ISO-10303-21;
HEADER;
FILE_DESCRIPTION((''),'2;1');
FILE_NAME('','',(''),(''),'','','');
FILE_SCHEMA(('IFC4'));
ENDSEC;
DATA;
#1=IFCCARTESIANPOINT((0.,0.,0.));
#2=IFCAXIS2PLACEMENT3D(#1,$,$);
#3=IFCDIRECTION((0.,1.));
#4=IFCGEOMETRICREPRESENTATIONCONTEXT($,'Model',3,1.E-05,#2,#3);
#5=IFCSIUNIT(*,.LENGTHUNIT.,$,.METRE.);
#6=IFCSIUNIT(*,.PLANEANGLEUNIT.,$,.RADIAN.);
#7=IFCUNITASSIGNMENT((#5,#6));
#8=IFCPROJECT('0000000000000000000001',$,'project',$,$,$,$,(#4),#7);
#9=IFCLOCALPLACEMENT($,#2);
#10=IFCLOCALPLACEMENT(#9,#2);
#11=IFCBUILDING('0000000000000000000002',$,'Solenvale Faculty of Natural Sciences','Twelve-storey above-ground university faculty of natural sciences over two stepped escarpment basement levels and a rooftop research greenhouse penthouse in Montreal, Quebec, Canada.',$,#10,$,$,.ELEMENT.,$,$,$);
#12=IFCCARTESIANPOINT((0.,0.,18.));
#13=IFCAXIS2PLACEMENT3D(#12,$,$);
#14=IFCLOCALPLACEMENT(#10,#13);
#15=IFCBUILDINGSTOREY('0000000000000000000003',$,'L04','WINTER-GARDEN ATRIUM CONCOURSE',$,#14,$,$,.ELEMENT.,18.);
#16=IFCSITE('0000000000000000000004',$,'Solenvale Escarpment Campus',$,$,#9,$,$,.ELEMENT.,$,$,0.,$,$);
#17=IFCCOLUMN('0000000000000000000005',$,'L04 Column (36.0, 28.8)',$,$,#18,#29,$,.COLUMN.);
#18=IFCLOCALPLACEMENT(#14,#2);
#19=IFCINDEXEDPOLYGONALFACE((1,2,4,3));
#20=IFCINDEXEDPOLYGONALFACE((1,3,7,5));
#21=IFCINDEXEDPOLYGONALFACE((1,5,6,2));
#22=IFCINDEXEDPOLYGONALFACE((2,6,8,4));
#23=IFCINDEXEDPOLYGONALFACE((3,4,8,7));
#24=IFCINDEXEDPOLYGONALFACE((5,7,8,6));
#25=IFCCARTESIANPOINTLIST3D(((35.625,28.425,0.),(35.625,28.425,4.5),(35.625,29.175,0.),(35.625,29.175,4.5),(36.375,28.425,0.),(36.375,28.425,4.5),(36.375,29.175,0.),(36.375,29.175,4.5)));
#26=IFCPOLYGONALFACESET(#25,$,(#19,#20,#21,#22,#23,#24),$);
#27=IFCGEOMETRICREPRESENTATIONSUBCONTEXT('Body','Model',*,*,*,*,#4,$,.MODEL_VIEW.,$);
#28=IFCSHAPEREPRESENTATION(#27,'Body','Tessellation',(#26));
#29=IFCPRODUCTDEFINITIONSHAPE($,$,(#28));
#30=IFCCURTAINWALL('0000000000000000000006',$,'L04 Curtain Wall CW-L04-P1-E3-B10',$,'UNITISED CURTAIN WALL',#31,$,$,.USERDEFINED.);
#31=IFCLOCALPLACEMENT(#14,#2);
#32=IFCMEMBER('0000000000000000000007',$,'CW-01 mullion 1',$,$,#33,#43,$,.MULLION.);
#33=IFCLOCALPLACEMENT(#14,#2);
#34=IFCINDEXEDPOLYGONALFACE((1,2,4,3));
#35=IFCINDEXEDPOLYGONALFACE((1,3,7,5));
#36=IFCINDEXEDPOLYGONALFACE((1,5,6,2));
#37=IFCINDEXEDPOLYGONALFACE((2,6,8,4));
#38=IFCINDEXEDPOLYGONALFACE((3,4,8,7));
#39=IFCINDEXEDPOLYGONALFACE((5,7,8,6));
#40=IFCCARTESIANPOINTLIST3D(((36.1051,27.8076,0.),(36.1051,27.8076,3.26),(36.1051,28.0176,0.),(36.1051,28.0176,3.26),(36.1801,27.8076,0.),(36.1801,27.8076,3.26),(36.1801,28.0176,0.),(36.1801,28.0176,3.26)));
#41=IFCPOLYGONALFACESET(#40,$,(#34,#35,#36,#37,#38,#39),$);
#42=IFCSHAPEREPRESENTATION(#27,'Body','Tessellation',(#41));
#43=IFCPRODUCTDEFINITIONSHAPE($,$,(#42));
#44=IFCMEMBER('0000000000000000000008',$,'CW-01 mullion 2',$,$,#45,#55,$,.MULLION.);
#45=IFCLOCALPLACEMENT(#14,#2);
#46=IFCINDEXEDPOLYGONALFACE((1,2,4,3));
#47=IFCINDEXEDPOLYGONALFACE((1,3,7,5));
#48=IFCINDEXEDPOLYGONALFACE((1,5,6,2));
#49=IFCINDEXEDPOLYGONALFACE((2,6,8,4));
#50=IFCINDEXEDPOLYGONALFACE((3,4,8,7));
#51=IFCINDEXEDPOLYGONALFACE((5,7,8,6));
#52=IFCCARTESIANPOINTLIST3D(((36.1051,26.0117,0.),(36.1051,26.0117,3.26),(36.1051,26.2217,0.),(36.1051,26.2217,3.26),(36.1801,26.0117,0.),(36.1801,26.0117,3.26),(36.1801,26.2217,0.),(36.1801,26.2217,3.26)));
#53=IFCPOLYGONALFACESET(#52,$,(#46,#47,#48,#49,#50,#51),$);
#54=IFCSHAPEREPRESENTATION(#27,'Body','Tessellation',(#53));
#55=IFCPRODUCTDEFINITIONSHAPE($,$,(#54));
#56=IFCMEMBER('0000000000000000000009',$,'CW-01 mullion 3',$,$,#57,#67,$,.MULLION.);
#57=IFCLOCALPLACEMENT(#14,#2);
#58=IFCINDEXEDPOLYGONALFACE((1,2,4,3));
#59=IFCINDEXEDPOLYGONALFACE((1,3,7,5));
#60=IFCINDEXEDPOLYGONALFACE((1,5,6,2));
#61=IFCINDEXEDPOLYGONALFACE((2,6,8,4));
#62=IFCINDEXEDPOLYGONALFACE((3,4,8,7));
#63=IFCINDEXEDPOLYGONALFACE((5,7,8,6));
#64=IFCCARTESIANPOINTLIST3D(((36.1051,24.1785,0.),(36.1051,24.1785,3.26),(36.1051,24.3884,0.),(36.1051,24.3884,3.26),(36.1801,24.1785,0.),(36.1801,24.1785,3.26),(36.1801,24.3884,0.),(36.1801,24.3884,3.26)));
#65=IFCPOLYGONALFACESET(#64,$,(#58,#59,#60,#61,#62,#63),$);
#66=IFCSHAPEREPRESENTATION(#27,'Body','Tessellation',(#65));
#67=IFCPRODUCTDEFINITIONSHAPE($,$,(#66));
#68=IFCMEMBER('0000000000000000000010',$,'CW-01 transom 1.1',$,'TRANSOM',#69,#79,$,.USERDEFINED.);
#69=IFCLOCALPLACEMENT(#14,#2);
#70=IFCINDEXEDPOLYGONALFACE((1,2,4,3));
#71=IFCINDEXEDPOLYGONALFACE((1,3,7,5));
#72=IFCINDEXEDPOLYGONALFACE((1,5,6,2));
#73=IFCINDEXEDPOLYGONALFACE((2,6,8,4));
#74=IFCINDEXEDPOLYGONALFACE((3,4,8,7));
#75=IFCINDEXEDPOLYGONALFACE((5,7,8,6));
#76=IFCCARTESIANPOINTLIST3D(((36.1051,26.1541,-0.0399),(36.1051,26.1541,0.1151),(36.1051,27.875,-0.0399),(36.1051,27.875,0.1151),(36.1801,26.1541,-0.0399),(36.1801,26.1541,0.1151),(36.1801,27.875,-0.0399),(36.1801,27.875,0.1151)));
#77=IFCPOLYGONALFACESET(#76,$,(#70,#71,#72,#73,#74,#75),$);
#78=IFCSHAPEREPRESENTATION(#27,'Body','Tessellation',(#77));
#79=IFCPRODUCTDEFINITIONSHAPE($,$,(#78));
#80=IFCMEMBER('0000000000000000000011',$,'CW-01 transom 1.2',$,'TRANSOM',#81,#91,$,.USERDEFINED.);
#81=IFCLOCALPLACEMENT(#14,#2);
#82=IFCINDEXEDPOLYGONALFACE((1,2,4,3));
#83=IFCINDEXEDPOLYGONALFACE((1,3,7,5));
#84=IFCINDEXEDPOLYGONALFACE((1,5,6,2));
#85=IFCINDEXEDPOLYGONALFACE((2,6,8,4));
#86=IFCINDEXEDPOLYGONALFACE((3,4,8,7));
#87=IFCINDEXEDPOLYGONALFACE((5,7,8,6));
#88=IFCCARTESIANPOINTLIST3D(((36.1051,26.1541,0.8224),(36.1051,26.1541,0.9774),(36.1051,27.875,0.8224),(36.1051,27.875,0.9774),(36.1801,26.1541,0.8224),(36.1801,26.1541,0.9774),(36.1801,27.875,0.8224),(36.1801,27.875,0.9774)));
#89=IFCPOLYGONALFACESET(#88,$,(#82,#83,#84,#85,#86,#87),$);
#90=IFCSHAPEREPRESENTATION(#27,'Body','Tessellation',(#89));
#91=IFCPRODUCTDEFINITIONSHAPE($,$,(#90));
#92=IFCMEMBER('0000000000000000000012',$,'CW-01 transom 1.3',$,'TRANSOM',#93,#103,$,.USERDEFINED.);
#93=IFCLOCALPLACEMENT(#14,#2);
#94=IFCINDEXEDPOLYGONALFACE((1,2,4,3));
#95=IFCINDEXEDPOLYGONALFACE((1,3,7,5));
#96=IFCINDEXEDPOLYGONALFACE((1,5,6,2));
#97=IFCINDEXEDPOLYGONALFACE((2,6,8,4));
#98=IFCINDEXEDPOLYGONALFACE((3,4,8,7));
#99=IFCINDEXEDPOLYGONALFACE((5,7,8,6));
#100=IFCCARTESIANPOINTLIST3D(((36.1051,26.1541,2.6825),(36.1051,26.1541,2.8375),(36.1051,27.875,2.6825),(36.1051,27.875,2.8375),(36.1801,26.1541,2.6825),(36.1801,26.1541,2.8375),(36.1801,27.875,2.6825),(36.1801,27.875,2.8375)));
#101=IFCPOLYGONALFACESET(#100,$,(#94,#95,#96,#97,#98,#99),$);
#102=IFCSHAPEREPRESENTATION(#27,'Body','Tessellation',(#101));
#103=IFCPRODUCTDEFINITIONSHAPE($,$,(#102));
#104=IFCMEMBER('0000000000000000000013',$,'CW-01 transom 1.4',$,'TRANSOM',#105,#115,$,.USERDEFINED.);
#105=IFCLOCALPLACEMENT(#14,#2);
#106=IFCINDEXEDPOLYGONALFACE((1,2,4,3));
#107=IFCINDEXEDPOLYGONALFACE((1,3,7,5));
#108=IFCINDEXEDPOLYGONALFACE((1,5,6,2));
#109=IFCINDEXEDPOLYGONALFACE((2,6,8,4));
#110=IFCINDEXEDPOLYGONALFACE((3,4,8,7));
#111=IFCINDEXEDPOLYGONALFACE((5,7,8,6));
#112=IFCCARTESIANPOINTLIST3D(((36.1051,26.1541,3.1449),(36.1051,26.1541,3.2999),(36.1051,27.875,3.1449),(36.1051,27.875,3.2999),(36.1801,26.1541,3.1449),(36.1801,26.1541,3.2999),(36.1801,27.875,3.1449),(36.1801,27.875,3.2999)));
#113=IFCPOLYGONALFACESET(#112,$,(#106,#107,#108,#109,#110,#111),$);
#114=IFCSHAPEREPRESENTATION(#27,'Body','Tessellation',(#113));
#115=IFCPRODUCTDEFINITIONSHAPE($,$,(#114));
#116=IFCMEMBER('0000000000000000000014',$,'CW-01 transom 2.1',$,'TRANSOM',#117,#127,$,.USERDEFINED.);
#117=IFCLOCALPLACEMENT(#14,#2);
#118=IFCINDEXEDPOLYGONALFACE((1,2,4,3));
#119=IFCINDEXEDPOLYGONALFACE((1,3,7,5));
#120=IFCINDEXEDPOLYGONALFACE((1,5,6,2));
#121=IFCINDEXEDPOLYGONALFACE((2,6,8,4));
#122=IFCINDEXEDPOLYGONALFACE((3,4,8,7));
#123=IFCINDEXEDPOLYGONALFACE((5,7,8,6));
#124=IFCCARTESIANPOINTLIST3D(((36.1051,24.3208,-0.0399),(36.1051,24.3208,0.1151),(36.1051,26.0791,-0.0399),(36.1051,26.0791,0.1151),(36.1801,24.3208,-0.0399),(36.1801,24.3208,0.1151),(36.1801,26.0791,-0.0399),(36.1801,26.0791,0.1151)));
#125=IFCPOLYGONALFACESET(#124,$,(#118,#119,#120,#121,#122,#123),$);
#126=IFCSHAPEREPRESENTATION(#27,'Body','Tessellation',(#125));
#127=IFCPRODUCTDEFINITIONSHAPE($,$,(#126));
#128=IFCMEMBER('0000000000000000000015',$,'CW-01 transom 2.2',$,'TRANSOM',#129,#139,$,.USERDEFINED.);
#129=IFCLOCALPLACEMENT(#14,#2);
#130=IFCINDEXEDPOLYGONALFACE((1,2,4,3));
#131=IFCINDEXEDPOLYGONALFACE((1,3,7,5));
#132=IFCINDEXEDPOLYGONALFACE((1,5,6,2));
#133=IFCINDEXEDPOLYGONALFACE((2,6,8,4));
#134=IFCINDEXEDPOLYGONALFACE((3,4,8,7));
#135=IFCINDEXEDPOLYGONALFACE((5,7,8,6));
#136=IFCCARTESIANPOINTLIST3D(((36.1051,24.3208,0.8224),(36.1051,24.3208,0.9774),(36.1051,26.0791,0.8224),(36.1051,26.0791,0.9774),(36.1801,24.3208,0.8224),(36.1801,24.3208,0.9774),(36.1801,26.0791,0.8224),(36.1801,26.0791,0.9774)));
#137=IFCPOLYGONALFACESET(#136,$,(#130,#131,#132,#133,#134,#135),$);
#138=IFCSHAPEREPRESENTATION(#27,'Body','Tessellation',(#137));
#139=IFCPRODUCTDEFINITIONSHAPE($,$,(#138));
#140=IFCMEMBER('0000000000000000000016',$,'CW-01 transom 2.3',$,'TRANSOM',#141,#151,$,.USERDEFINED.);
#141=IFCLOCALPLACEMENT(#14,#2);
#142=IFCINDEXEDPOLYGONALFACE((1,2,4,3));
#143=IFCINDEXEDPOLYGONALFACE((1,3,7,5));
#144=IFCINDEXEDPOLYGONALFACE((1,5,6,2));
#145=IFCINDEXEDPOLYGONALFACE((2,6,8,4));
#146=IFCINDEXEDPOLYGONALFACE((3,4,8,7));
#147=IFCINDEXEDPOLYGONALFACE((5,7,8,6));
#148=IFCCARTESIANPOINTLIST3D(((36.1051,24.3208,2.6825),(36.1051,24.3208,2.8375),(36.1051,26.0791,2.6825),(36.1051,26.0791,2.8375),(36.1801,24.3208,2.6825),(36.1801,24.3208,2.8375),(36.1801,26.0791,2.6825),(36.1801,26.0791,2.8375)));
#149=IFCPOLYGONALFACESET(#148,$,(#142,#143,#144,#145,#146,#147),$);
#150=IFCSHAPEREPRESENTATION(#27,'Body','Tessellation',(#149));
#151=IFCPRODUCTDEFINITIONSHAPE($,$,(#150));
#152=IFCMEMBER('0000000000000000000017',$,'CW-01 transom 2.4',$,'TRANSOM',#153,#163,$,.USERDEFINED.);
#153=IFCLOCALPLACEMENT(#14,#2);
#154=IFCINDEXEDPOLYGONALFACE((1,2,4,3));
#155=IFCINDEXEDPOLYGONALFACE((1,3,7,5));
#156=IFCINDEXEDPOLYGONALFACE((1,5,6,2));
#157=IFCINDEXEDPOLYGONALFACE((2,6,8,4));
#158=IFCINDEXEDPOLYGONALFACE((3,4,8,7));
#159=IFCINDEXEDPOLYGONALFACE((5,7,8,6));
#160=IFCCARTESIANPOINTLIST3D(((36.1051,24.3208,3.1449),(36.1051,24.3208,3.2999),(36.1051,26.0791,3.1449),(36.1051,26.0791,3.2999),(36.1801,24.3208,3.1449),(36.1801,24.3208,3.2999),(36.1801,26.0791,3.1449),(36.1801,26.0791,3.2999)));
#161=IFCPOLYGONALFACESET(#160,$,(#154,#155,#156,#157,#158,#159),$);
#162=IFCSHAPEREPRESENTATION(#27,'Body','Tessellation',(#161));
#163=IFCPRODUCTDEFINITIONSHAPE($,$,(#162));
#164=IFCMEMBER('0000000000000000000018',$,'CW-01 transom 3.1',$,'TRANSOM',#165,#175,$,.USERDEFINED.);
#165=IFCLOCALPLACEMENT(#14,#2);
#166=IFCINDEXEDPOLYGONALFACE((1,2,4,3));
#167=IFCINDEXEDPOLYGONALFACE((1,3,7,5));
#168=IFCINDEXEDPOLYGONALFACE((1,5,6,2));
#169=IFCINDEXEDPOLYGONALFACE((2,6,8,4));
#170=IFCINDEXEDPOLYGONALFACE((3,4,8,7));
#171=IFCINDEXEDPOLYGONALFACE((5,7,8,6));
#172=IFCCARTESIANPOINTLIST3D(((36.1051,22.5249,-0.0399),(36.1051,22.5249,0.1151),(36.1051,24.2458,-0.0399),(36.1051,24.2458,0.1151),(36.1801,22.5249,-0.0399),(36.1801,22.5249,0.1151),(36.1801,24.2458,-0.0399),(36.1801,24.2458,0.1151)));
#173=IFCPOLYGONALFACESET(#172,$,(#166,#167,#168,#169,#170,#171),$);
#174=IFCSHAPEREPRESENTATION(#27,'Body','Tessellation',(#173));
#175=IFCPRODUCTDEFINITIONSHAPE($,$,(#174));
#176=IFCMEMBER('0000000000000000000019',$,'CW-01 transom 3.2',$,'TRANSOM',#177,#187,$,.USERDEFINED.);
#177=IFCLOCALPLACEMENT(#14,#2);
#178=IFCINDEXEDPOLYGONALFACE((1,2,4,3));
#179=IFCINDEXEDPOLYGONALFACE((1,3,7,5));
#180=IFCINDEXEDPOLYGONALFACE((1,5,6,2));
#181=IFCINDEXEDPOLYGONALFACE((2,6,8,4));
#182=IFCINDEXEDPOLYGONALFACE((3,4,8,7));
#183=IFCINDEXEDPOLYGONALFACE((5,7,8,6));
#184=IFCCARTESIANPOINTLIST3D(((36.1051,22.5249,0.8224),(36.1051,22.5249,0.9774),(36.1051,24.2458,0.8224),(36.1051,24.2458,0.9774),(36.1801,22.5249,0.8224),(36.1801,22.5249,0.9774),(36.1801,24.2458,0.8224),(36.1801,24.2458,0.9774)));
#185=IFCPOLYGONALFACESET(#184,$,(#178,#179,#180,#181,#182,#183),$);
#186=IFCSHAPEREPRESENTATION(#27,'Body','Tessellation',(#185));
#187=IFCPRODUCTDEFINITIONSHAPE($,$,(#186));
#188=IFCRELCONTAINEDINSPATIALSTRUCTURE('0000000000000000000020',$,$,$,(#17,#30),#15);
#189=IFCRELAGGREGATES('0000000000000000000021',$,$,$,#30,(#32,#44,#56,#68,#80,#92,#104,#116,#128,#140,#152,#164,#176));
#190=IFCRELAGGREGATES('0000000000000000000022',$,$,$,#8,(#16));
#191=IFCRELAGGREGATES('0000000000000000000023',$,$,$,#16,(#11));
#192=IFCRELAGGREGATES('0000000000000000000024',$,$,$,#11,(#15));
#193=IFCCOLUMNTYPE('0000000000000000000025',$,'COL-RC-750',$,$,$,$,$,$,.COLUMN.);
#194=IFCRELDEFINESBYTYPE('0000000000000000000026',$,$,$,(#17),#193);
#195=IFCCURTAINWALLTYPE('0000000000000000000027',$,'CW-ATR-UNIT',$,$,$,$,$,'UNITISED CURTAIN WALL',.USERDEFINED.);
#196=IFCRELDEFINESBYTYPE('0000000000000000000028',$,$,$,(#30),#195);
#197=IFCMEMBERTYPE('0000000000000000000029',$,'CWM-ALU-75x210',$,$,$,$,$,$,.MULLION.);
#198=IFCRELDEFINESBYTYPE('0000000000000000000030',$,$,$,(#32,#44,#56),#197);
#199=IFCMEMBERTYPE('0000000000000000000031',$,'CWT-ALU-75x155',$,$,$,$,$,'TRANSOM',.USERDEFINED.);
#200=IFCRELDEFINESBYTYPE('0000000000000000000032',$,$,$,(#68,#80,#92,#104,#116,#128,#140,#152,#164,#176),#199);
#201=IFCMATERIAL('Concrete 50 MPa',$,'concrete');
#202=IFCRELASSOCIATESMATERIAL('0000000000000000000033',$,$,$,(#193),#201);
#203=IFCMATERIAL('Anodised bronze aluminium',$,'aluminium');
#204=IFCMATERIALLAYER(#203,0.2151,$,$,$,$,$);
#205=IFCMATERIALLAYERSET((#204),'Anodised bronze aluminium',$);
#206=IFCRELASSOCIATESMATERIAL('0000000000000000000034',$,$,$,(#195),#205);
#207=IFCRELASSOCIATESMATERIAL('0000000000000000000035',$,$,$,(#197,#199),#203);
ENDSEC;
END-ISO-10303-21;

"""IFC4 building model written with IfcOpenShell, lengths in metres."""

from ifc_helpers import new_model, si_unit, direction, frame, origin, origin_2d, place, context, subcontext, project, spatial, rectangle, extrude, material, layer, layer_set, material_profile, profile_set, type_object, element, aggregate, save


model = new_model("IFC4")

# Units and contexts
model_context = context("Model", 3, precision=1e-05, world=origin(), true_north=direction((0.0, 1.0)))
body_context = subcontext(model_context, "Body", "Model", "MODEL_VIEW")
ifc_project = project(units=[si_unit("LENGTHUNIT", "METRE"), si_unit("PLANEANGLEUNIT", "RADIAN")], contexts=[model_context])

# Site, building, storey
site_placement = place(None, origin())
site = spatial("IfcSite", under=ifc_project, at=site_placement, Name="Solenvale Escarpment Campus", CompositionType="ELEMENT", RefElevation=0.0)
building_placement = place(site_placement, origin())
building = spatial("IfcBuilding", under=site, at=building_placement, Name="Solenvale Faculty of Natural Sciences", Description="Twelve-storey above-ground university faculty of natural sciences over two stepped escarpment basement levels and a rooftop research greenhouse penthouse in Montreal, Quebec, Canada.", CompositionType="ELEMENT")
storey_placement = place(building_placement, frame((0.0, 0.0, 18.0)))
storey = spatial("IfcBuildingStorey", under=building, at=storey_placement, Name="L04", Description="WINTER-GARDEN ATRIUM CONCOURSE", CompositionType="ELEMENT", Elevation=18.0)

# Column
ifc_material_1 = material(Name="Concrete 50 MPa", Category="concrete")
ifc_material_profile_1 = material_profile(ifc_material_1, rectangle(XDim=0.75, YDim=0.75, at=origin_2d()), Name="RC-COL-750x750")
ifc_profile_set_1 = profile_set([ifc_material_profile_1], Name="Concrete 50 MPa")
column_type = type_object("IfcColumnType", Name="COL-RC-750", PredefinedType="COLUMN", material=ifc_profile_set_1)
column_placement = place(storey_placement, frame((36.0, 28.8, 0.0), z_axis=(0.0, 0.0, 1.0), x_axis=(1.0, 0.0, 0.0)))
element("IfcColumn", 1, at=column_placement, inside=storey, type_object=column_type, Name="L04 Column (36.0, 28.8)", PredefinedType="COLUMN", context=body_context, shape_type="SweptSolid", body=[
    extrude(rectangle(XDim=0.75, YDim=0.75, at=origin_2d()), origin(), (0.0, 0.0, 1.0), 4.5),
])

# Curtain wall, members
ifc_material_2 = material(Name="Anodised bronze aluminium", Category="aluminium")
ifc_layer_1 = layer(ifc_material_2, 0.2151)
ifc_layer_set_1 = layer_set([ifc_layer_1], Name="Anodised bronze aluminium")
curtain_wall_type = type_object("IfcCurtainWallType", Name="CW-ATR-UNIT", ElementType="UNITISED CURTAIN WALL", PredefinedType="USERDEFINED", material=ifc_layer_set_1)
curtain_wall_placement = place(storey_placement, origin())
curtain_wall = element("IfcCurtainWall", 2, at=curtain_wall_placement, inside=storey, type_object=curtain_wall_type, Name="L04 Curtain Wall CW-L04-P1-E3-B10", ObjectType="UNITISED CURTAIN WALL", PredefinedType="USERDEFINED")
ifc_material_profile_2 = material_profile(ifc_material_2, rectangle(XDim=0.075, YDim=0.21, at=origin_2d()), Name="ALU-MUL-75x210")
ifc_profile_set_2 = profile_set([ifc_material_profile_2], Name="Anodised bronze aluminium")
member_type_1 = type_object("IfcMemberType", Name="CWM-ALU-75x210", PredefinedType="MULLION", material=ifc_profile_set_2)
member_1_placement = place(storey_placement, frame((36.1426, 27.9126, 0.0), z_axis=(0.0, 0.0, 1.0), x_axis=(1.0, 0.0, 0.0)))
member_1 = element("IfcMember", 3, at=member_1_placement, type_object=member_type_1, Name="CW-01 mullion 1", PredefinedType="MULLION", context=body_context, shape_type="SweptSolid", body=[
    extrude(rectangle(XDim=0.075, YDim=0.21, at=origin_2d()), origin(), (0.0, 0.0, 1.0), 3.26),
])
member_2_placement = place(storey_placement, frame((36.1426, 26.1167, 0.0), z_axis=(0.0, 0.0, 1.0), x_axis=(1.0, 0.0, 0.0)))
member_2 = element("IfcMember", 4, at=member_2_placement, type_object=member_type_1, Name="CW-01 mullion 2", PredefinedType="MULLION", context=body_context, shape_type="SweptSolid", body=[
    extrude(rectangle(XDim=0.075, YDim=0.21, at=origin_2d()), origin(), (0.0, 0.0, 1.0), 3.26),
])
member_3_placement = place(storey_placement, frame((36.1426, 24.2834, 0.0), z_axis=(0.0, 0.0, 1.0), x_axis=(1.0, 0.0, 0.0)))
member_3 = element("IfcMember", 5, at=member_3_placement, type_object=member_type_1, Name="CW-01 mullion 3", PredefinedType="MULLION", context=body_context, shape_type="SweptSolid", body=[
    extrude(rectangle(XDim=0.075, YDim=0.21, at=origin_2d()), origin(), (0.0, 0.0, 1.0), 3.26),
])
ifc_material_profile_3 = material_profile(ifc_material_2, rectangle(XDim=0.075, YDim=0.155, at=origin_2d()), Name="ALU-TRN-75x155")
ifc_profile_set_3 = profile_set([ifc_material_profile_3], Name="Anodised bronze aluminium")
member_type_2 = type_object("IfcMemberType", Name="CWT-ALU-75x155", ElementType="TRANSOM", PredefinedType="USERDEFINED", material=ifc_profile_set_3)
member_4_placement = place(storey_placement, frame((36.1426, 27.875, 0.0376), z_axis=(0.0, -1.0, 0.0), x_axis=(1.0, 0.0, 0.0)))
member_4 = element("IfcMember", 6, at=member_4_placement, type_object=member_type_2, Name="CW-01 transom 1.1", ObjectType="TRANSOM", PredefinedType="USERDEFINED", context=body_context, shape_type="SweptSolid", body=[
    extrude(rectangle(XDim=0.075, YDim=0.155, at=origin_2d()), origin(), (0.0, 0.0, 1.0), 1.7209),
])
member_5_placement = place(storey_placement, frame((36.1426, 27.875, 0.8999), z_axis=(0.0, -1.0, 0.0), x_axis=(1.0, 0.0, 0.0)))
member_5 = element("IfcMember", 7, at=member_5_placement, type_object=member_type_2, Name="CW-01 transom 1.2", ObjectType="TRANSOM", PredefinedType="USERDEFINED", context=body_context, shape_type="SweptSolid", body=[
    extrude(rectangle(XDim=0.075, YDim=0.155, at=origin_2d()), origin(), (0.0, 0.0, 1.0), 1.7209),
])
member_6_placement = place(storey_placement, frame((36.1426, 27.875, 2.76), z_axis=(0.0, -1.0, 0.0), x_axis=(1.0, 0.0, 0.0)))
member_6 = element("IfcMember", 8, at=member_6_placement, type_object=member_type_2, Name="CW-01 transom 1.3", ObjectType="TRANSOM", PredefinedType="USERDEFINED", context=body_context, shape_type="SweptSolid", body=[
    extrude(rectangle(XDim=0.075, YDim=0.155, at=origin_2d()), origin(), (0.0, 0.0, 1.0), 1.7209),
])
member_7_placement = place(storey_placement, frame((36.1426, 27.875, 3.2224), z_axis=(0.0, -1.0, 0.0), x_axis=(1.0, 0.0, 0.0)))
member_7 = element("IfcMember", 9, at=member_7_placement, type_object=member_type_2, Name="CW-01 transom 1.4", ObjectType="TRANSOM", PredefinedType="USERDEFINED", context=body_context, shape_type="SweptSolid", body=[
    extrude(rectangle(XDim=0.075, YDim=0.155, at=origin_2d()), origin(), (0.0, 0.0, 1.0), 1.7209),
])
member_8_placement = place(storey_placement, frame((36.1426, 26.0791, 0.0376), z_axis=(0.0, -1.0, 0.0), x_axis=(1.0, 0.0, 0.0)))
member_8 = element("IfcMember", 10, at=member_8_placement, type_object=member_type_2, Name="CW-01 transom 2.1", ObjectType="TRANSOM", PredefinedType="USERDEFINED", context=body_context, shape_type="SweptSolid", body=[
    extrude(rectangle(XDim=0.075, YDim=0.155, at=origin_2d()), origin(), (0.0, 0.0, 1.0), 1.7583),
])
member_9_placement = place(storey_placement, frame((36.1426, 26.0791, 0.8999), z_axis=(0.0, -1.0, 0.0), x_axis=(1.0, 0.0, 0.0)))
member_9 = element("IfcMember", 11, at=member_9_placement, type_object=member_type_2, Name="CW-01 transom 2.2", ObjectType="TRANSOM", PredefinedType="USERDEFINED", context=body_context, shape_type="SweptSolid", body=[
    extrude(rectangle(XDim=0.075, YDim=0.155, at=origin_2d()), origin(), (0.0, 0.0, 1.0), 1.7583),
])
member_10_placement = place(storey_placement, frame((36.1426, 26.0791, 2.76), z_axis=(0.0, -1.0, 0.0), x_axis=(1.0, 0.0, 0.0)))
member_10 = element("IfcMember", 12, at=member_10_placement, type_object=member_type_2, Name="CW-01 transom 2.3", ObjectType="TRANSOM", PredefinedType="USERDEFINED", context=body_context, shape_type="SweptSolid", body=[
    extrude(rectangle(XDim=0.075, YDim=0.155, at=origin_2d()), origin(), (0.0, 0.0, 1.0), 1.7583),
])
member_11_placement = place(storey_placement, frame((36.1426, 26.0791, 3.2224), z_axis=(0.0, -1.0, 0.0), x_axis=(1.0, 0.0, 0.0)))
member_11 = element("IfcMember", 13, at=member_11_placement, type_object=member_type_2, Name="CW-01 transom 2.4", ObjectType="TRANSOM", PredefinedType="USERDEFINED", context=body_context, shape_type="SweptSolid", body=[
    extrude(rectangle(XDim=0.075, YDim=0.155, at=origin_2d()), origin(), (0.0, 0.0, 1.0), 1.7583),
])
member_12_placement = place(storey_placement, frame((36.1426, 24.2458, 0.0376), z_axis=(0.0, -1.0, 0.0), x_axis=(1.0, 0.0, 0.0)))
member_12 = element("IfcMember", 14, at=member_12_placement, type_object=member_type_2, Name="CW-01 transom 3.1", ObjectType="TRANSOM", PredefinedType="USERDEFINED", context=body_context, shape_type="SweptSolid", body=[
    extrude(rectangle(XDim=0.075, YDim=0.155, at=origin_2d()), origin(), (0.0, 0.0, 1.0), 1.7209),
])
member_13_placement = place(storey_placement, frame((36.1426, 24.2458, 0.8999), z_axis=(0.0, -1.0, 0.0), x_axis=(1.0, 0.0, 0.0)))
member_13 = element("IfcMember", 15, at=member_13_placement, type_object=member_type_2, Name="CW-01 transom 3.2", ObjectType="TRANSOM", PredefinedType="USERDEFINED", context=body_context, shape_type="SweptSolid", body=[
    extrude(rectangle(XDim=0.075, YDim=0.155, at=origin_2d()), origin(), (0.0, 0.0, 1.0), 1.7209),
])
aggregate(curtain_wall, [member_1, member_2, member_3, member_4, member_5, member_6, member_7, member_8, member_9, member_10, member_11, member_12, member_13])

save(model, "model.ifc")
